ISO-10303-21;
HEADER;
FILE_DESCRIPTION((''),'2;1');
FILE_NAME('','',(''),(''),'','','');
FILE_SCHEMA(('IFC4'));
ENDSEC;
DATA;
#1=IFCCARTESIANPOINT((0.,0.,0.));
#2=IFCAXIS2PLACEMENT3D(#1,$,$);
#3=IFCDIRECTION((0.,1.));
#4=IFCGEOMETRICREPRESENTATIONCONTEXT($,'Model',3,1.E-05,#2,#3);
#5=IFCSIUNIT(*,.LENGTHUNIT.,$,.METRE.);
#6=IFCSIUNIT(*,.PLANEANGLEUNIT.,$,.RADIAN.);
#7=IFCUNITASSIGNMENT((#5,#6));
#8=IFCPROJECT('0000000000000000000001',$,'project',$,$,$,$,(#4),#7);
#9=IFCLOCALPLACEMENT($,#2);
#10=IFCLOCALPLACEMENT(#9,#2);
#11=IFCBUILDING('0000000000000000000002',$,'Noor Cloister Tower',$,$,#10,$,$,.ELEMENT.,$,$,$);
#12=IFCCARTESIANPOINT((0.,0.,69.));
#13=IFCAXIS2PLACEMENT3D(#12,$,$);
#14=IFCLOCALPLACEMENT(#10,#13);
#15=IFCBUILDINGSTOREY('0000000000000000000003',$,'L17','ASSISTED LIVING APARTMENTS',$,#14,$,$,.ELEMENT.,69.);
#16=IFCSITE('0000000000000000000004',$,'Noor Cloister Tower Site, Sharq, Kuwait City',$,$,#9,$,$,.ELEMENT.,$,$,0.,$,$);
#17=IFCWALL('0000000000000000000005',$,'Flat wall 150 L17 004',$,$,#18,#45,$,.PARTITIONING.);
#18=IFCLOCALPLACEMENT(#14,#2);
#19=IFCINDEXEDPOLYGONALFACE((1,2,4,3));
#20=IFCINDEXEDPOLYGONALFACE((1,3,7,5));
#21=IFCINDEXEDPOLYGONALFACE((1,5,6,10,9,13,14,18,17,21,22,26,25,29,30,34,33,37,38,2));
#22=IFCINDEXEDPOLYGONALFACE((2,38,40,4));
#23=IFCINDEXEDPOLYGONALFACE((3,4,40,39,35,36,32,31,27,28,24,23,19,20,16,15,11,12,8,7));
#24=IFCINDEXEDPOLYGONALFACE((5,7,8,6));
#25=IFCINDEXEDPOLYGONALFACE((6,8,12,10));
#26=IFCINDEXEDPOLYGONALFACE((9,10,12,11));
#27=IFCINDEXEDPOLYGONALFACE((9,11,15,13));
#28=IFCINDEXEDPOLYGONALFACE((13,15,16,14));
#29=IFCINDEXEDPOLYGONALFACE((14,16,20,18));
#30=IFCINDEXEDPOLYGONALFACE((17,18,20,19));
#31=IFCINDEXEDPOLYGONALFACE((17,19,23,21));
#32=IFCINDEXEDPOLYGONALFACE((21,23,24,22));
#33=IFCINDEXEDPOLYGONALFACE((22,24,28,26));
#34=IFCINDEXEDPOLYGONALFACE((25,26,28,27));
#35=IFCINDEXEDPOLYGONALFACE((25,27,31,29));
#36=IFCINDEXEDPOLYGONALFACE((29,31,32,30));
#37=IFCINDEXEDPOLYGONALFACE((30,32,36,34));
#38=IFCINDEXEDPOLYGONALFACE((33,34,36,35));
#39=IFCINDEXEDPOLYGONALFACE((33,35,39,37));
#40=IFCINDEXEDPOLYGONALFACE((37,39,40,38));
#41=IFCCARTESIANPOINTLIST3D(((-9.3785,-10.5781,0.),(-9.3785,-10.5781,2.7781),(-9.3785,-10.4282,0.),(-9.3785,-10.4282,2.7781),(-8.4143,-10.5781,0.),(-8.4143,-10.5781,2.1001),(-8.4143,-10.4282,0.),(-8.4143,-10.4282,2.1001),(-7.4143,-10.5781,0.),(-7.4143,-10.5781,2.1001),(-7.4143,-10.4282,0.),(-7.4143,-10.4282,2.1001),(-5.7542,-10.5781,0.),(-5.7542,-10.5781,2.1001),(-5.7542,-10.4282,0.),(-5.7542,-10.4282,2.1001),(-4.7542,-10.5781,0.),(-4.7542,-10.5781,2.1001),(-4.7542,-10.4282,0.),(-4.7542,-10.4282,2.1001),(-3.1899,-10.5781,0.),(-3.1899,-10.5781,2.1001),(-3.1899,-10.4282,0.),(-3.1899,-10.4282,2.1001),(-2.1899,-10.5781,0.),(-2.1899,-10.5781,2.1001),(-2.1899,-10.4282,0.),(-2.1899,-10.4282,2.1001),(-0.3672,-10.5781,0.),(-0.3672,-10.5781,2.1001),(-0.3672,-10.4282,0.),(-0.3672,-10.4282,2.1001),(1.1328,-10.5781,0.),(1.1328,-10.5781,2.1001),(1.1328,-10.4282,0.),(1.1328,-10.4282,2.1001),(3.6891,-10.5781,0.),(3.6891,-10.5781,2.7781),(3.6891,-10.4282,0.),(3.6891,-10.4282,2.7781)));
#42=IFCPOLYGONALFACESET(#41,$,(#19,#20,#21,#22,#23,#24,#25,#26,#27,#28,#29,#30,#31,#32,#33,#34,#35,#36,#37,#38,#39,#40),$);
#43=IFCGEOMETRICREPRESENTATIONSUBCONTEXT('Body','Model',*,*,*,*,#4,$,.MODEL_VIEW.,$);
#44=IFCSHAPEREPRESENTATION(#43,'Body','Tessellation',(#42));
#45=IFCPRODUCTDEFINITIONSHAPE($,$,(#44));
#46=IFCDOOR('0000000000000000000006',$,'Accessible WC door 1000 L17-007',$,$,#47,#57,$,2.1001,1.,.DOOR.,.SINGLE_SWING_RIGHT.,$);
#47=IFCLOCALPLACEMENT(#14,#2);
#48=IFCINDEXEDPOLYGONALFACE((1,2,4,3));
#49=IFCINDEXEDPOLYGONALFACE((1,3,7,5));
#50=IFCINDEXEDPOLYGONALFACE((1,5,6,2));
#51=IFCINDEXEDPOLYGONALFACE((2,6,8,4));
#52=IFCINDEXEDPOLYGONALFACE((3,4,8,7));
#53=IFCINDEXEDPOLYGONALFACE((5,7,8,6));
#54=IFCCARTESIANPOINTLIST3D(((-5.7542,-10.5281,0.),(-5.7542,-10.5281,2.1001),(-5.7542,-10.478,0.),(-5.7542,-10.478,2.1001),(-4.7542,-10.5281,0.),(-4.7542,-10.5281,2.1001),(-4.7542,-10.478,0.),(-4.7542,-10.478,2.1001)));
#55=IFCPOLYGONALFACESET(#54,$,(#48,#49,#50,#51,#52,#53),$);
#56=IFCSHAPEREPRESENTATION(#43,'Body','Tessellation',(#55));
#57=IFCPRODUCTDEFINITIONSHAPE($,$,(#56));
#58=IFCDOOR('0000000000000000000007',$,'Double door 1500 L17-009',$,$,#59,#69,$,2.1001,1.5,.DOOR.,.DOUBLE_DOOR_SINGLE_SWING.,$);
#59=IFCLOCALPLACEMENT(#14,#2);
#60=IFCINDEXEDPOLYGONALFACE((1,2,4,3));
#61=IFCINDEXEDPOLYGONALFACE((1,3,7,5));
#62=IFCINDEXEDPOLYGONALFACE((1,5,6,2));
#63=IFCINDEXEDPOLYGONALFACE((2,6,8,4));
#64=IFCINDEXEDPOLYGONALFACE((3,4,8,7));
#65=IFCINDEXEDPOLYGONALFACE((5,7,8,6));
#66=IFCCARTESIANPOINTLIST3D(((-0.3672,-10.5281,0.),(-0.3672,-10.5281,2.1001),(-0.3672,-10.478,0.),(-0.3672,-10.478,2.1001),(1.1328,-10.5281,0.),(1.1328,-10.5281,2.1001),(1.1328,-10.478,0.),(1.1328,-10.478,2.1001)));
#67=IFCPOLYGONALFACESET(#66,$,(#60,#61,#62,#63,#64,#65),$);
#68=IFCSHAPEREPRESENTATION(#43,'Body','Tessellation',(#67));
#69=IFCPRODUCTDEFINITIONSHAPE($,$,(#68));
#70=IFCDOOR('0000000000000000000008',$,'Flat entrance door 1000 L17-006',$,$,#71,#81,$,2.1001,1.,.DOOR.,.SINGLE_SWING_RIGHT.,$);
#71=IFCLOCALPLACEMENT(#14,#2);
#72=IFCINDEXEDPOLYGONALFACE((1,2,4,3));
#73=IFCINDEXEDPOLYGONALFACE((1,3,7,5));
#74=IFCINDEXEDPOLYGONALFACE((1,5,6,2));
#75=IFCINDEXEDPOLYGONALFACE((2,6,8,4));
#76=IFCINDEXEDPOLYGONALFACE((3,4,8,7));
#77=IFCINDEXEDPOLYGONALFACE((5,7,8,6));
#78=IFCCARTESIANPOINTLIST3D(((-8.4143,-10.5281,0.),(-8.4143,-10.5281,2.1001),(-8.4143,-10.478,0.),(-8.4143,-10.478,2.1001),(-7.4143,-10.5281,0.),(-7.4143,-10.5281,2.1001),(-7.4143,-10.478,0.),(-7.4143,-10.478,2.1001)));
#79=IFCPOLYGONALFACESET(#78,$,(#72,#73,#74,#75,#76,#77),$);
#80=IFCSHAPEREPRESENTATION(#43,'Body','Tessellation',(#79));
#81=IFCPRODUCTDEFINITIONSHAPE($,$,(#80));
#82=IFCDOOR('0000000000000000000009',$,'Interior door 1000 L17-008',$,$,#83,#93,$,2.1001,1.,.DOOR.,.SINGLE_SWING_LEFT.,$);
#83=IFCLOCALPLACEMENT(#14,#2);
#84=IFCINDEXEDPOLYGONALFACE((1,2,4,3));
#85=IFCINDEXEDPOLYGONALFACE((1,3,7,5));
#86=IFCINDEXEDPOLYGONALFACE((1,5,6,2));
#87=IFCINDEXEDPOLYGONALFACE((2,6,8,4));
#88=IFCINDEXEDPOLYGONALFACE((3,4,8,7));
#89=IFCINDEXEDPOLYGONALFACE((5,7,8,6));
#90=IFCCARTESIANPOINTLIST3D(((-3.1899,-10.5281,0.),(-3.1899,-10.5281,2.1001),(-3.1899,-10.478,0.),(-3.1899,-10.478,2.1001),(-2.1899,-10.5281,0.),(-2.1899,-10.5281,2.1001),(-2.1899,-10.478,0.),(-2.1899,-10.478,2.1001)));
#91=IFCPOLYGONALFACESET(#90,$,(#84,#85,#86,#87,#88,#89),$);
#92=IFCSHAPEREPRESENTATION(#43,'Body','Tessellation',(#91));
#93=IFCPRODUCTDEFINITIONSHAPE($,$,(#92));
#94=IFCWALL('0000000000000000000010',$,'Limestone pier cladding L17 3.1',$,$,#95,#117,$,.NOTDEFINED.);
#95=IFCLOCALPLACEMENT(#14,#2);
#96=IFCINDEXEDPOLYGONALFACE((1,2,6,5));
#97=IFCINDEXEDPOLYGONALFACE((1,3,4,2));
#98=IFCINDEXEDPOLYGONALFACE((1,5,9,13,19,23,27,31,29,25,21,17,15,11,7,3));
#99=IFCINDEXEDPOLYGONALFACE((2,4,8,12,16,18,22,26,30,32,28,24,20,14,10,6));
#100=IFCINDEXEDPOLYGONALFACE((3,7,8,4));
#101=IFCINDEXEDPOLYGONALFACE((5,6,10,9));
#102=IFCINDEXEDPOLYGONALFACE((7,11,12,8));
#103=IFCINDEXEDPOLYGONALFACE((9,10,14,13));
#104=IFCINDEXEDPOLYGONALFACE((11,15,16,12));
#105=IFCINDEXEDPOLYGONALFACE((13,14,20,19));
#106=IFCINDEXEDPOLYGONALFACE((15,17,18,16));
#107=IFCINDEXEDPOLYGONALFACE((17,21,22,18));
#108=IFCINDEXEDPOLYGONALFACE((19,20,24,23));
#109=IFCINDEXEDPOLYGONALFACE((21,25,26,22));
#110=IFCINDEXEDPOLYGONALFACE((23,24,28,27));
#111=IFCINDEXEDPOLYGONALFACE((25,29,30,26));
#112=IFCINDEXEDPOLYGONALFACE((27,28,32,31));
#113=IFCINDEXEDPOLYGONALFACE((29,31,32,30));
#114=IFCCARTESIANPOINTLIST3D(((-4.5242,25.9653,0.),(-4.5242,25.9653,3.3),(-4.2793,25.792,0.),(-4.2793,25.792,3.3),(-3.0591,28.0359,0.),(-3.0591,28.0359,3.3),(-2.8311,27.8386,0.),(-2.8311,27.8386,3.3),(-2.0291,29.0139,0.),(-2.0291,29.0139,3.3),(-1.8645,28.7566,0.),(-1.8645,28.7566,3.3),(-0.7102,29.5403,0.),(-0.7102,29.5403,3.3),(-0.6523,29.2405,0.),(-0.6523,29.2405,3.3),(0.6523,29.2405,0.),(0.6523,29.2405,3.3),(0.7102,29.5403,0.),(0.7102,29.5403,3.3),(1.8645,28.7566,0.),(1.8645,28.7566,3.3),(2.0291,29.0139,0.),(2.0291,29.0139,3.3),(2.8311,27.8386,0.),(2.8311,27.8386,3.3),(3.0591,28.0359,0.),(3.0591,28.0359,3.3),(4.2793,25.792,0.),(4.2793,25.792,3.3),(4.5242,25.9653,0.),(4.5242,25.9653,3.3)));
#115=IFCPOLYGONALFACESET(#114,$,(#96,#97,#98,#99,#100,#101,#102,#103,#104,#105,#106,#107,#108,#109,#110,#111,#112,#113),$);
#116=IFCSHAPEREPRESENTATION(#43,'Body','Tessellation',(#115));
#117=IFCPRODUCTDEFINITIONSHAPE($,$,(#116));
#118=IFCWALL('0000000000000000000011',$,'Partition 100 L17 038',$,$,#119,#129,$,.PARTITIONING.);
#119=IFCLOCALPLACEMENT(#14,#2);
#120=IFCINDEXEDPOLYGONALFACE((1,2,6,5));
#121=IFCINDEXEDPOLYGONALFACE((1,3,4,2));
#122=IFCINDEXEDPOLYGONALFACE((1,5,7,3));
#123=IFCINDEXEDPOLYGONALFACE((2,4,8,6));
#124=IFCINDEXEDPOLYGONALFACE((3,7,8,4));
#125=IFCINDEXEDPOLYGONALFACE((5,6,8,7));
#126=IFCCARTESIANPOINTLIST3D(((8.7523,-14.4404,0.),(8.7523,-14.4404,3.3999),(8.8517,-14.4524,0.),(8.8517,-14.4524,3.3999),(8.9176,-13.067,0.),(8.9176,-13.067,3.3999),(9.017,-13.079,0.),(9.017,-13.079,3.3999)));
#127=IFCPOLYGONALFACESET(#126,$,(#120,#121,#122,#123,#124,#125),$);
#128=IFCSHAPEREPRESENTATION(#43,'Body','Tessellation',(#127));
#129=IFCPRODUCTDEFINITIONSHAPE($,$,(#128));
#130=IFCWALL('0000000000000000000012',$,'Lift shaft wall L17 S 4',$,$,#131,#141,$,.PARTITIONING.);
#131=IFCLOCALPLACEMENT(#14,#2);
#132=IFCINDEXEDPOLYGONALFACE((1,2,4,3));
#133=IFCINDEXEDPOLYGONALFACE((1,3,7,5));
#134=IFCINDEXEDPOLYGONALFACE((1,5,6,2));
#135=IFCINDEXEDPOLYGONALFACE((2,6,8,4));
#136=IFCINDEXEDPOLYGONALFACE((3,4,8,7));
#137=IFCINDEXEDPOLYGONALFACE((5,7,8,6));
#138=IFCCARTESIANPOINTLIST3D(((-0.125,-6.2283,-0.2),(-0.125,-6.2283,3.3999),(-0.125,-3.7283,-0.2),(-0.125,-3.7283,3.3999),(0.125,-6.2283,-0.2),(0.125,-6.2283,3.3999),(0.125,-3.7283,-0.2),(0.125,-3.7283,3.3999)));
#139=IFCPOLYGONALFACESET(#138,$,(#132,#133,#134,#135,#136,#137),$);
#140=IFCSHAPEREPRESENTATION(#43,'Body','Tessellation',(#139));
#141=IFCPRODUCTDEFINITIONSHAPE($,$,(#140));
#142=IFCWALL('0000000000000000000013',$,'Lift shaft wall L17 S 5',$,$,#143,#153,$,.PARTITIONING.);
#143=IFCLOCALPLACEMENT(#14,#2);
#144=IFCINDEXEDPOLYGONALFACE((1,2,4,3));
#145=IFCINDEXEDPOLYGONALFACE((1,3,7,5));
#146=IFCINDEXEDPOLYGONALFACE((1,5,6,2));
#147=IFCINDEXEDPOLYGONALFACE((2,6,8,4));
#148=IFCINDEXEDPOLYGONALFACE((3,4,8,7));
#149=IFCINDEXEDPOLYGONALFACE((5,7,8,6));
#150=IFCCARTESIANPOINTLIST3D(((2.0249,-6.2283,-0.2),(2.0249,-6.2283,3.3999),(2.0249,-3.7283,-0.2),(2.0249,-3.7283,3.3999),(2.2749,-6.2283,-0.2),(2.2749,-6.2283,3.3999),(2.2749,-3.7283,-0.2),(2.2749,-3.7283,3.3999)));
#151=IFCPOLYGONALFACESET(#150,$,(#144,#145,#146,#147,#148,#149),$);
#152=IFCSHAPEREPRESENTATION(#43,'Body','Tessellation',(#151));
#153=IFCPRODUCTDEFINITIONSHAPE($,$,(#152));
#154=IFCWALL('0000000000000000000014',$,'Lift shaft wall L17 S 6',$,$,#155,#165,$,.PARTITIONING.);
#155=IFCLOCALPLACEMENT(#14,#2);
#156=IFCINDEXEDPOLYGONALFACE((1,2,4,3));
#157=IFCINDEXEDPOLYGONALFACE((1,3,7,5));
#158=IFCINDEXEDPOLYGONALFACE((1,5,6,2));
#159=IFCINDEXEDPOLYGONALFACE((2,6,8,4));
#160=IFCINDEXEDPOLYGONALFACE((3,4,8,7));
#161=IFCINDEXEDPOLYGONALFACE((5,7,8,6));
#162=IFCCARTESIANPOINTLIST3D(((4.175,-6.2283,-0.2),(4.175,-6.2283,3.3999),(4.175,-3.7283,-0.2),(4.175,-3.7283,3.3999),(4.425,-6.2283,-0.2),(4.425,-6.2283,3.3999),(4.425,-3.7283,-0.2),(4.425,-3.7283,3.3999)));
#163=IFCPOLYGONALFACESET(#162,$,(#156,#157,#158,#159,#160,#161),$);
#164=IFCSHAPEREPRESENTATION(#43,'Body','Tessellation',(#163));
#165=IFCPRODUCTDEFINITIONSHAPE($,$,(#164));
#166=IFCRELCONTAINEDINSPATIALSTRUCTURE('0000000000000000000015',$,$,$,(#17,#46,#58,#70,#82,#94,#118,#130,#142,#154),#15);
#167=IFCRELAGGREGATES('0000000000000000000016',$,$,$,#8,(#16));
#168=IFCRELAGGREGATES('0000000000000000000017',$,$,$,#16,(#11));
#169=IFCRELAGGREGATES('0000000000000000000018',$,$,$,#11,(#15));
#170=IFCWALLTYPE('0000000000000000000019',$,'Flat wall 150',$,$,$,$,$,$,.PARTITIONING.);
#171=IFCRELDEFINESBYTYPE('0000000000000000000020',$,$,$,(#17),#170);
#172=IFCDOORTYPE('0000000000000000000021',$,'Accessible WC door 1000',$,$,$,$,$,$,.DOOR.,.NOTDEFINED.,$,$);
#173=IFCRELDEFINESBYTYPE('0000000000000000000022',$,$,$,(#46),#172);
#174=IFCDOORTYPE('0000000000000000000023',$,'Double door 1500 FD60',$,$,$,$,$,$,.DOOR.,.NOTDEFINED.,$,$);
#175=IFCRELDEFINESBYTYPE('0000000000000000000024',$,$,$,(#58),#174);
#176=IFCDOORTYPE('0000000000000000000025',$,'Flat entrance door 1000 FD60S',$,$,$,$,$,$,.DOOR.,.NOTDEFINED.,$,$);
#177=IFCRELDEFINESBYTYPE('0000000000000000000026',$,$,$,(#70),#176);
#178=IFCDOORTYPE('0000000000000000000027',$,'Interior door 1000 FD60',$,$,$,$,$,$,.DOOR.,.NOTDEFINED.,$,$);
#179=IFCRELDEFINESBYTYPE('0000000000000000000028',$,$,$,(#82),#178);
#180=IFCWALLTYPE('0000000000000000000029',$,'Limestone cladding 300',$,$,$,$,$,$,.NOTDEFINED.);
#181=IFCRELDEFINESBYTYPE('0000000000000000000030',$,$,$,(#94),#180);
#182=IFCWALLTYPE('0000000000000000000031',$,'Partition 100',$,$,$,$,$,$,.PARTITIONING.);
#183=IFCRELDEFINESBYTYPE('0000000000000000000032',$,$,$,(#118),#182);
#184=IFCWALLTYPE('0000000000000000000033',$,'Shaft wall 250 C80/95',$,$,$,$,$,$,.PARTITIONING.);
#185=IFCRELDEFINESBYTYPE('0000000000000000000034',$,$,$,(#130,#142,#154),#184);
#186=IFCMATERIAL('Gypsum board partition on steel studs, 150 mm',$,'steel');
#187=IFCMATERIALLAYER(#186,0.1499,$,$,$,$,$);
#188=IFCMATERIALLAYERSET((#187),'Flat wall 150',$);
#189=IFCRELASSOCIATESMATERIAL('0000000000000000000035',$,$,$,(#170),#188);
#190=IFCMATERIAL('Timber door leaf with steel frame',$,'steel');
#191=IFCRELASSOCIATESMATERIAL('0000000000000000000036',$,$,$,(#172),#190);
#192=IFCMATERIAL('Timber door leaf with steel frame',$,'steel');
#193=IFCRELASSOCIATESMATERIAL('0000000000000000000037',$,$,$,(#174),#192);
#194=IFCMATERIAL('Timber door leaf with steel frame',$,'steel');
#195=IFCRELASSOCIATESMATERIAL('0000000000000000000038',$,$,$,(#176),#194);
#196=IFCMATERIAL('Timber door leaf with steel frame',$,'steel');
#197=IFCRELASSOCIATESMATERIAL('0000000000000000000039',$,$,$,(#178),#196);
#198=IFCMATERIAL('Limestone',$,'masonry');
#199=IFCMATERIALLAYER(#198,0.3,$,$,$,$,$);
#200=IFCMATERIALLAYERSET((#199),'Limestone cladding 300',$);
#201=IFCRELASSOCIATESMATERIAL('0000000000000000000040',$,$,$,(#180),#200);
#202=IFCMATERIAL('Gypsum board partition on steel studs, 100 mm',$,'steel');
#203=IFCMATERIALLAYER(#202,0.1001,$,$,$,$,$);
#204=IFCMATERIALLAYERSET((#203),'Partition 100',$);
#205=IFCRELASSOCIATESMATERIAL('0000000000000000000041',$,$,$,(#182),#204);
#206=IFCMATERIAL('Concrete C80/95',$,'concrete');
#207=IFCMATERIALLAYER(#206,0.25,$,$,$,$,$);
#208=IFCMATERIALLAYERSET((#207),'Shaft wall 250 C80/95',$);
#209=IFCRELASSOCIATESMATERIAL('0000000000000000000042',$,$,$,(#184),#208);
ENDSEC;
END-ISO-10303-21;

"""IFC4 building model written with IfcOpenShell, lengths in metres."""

from ifc_helpers import new_model, si_unit, direction, frame, frame_2d, origin, place, context, subcontext, project, spatial, polyline, rectangle, outline, extrude, material, layer, layer_set, type_object, element, fill, save


model = new_model("IFC4")

# Units and contexts
model_context = context("Model", 3, precision=1e-05, world=origin(), true_north=direction((0.0, 1.0)))
body_context = subcontext(model_context, "Body", "Model", "MODEL_VIEW")
ifc_project = project(units=[si_unit("LENGTHUNIT", "METRE"), si_unit("PLANEANGLEUNIT", "RADIAN")], contexts=[model_context])

# Site, building, storey
site_placement = place(None, origin())
site = spatial("IfcSite", under=ifc_project, at=site_placement, Name="Noor Cloister Tower Site, Sharq, Kuwait City", CompositionType="ELEMENT", RefElevation=0.0)
building_placement = place(site_placement, origin())
building = spatial("IfcBuilding", under=site, at=building_placement, Name="Noor Cloister Tower", CompositionType="ELEMENT")
storey_placement = place(building_placement, frame((0.0, 0.0, 69.0)))
storey = spatial("IfcBuildingStorey", under=building, at=storey_placement, Name="L17", Description="ASSISTED LIVING APARTMENTS", CompositionType="ELEMENT", Elevation=69.0)

# Wall, openings, doors
ifc_material_1 = material(Name="Gypsum board partition on steel studs, 150 mm", Category="steel")
ifc_layer_1 = layer(ifc_material_1, 0.1499)
ifc_layer_set_1 = layer_set([ifc_layer_1], Name="Flat wall 150")
wall_type_1 = type_object("IfcWallType", Name="Flat wall 150", PredefinedType="PARTITIONING", material=ifc_layer_set_1)
wall_1_placement = place(storey_placement, frame((3.689, -10.5032, 0.0), z_axis=(0.0, 0.0, 1.0), x_axis=(-1.0, 0.0, 0.0)))
wall_1 = element("IfcWall", 1, at=wall_1_placement, inside=storey, type_object=wall_type_1, Name="Flat wall 150 L17 004", PredefinedType="PARTITIONING", context=body_context, shape_type="SweptSolid", body=[
    extrude(rectangle(XDim=13.0676, YDim=0.1499, at=frame_2d((6.5337, 0.0))), origin(), (0.0, 0.0, 1.0), 2.7781),
])
opening_1_placement = place(wall_1_placement, frame((11.1033, 0.0, 0.0)))
opening_1 = element("IfcOpeningElement", 2, at=opening_1_placement, cuts=wall_1, PredefinedType="OPENING", context=body_context, shape_type="SweptSolid", body=[
    extrude(rectangle(XDim=1.0, YDim=2.1001, at=frame_2d((0.5, 1.05))), frame((0.0, 0.085, 0.0), z_axis=(0.0, -1.0, 0.0), x_axis=(1.0, 0.0, 0.0)), (0.0, 0.0, 1.0), 0.1699),
])
opening_2_placement = place(wall_1_placement, frame((8.4431, 0.0, 0.0)))
opening_2 = element("IfcOpeningElement", 3, at=opening_2_placement, cuts=wall_1, PredefinedType="OPENING", context=body_context, shape_type="SweptSolid", body=[
    extrude(rectangle(XDim=1.0, YDim=2.1001, at=frame_2d((0.5, 1.05))), frame((0.0, 0.085, 0.0), z_axis=(0.0, -1.0, 0.0), x_axis=(1.0, 0.0, 0.0)), (0.0, 0.0, 1.0), 0.1699),
])
opening_3_placement = place(wall_1_placement, frame((5.8789, 0.0, 0.0)))
opening_3 = element("IfcOpeningElement", 4, at=opening_3_placement, cuts=wall_1, PredefinedType="OPENING", context=body_context, shape_type="SweptSolid", body=[
    extrude(rectangle(XDim=1.0, YDim=2.1001, at=frame_2d((0.5, 1.05))), frame((0.0, 0.085, 0.0), z_axis=(0.0, -1.0, 0.0), x_axis=(1.0, 0.0, 0.0)), (0.0, 0.0, 1.0), 0.1699),
])
opening_4_placement = place(wall_1_placement, frame((2.5562, 0.0, 0.0)))
opening_4 = element("IfcOpeningElement", 5, at=opening_4_placement, cuts=wall_1, PredefinedType="OPENING", context=body_context, shape_type="SweptSolid", body=[
    extrude(rectangle(XDim=1.5, YDim=2.1001, at=frame_2d((0.75, 1.05))), frame((0.0, 0.085, 0.0), z_axis=(0.0, -1.0, 0.0), x_axis=(1.0, 0.0, 0.0)), (0.0, 0.0, 1.0), 0.1699),
])
ifc_material_2 = material(Name="Timber door leaf with steel frame", Category="steel")
door_type_1 = type_object("IfcDoorType", Name="Accessible WC door 1000", OperationType="NOTDEFINED", PredefinedType="DOOR", material=ifc_material_2)
door_1_placement = place(opening_2_placement, origin())
door_1 = element("IfcDoor", 6, at=door_1_placement, inside=storey, type_object=door_type_1, Name="Accessible WC door 1000 L17-007", OperationType="SINGLE_SWING_RIGHT", OverallHeight=2.1001, OverallWidth=1.0, PredefinedType="DOOR", context=body_context, shape_type="SweptSolid", body=[
    extrude(rectangle(XDim=1.0, YDim=2.1001, at=frame_2d((0.5, 1.05))), frame((0.0, 0.0249, 0.0), z_axis=(0.0, -1.0, 0.0), x_axis=(1.0, 0.0, 0.0)), (0.0, 0.0, 1.0), 0.05),
])
fill(opening_2, door_1)
ifc_material_3 = material(Name="Timber door leaf with steel frame", Category="steel")
door_type_2 = type_object("IfcDoorType", Name="Double door 1500 FD60", OperationType="NOTDEFINED", PredefinedType="DOOR", material=ifc_material_3)
door_2_placement = place(opening_4_placement, origin())
door_2 = element("IfcDoor", 7, at=door_2_placement, inside=storey, type_object=door_type_2, Name="Double door 1500 L17-009", OperationType="DOUBLE_DOOR_SINGLE_SWING", OverallHeight=2.1001, OverallWidth=1.5, PredefinedType="DOOR", context=body_context, shape_type="SweptSolid", body=[
    extrude(rectangle(XDim=1.5, YDim=2.1001, at=frame_2d((0.75, 1.05))), frame((0.0, 0.0249, 0.0), z_axis=(0.0, -1.0, 0.0), x_axis=(1.0, 0.0, 0.0)), (0.0, 0.0, 1.0), 0.05),
])
fill(opening_4, door_2)
ifc_material_4 = material(Name="Timber door leaf with steel frame", Category="steel")
door_type_3 = type_object("IfcDoorType", Name="Flat entrance door 1000 FD60S", OperationType="NOTDEFINED", PredefinedType="DOOR", material=ifc_material_4)
door_3_placement = place(opening_1_placement, origin())
door_3 = element("IfcDoor", 8, at=door_3_placement, inside=storey, type_object=door_type_3, Name="Flat entrance door 1000 L17-006", OperationType="SINGLE_SWING_RIGHT", OverallHeight=2.1001, OverallWidth=1.0, PredefinedType="DOOR", context=body_context, shape_type="SweptSolid", body=[
    extrude(rectangle(XDim=1.0, YDim=2.1001, at=frame_2d((0.5, 1.05))), frame((0.0, 0.0249, 0.0), z_axis=(0.0, -1.0, 0.0), x_axis=(1.0, 0.0, 0.0)), (0.0, 0.0, 1.0), 0.05),
])
fill(opening_1, door_3)
ifc_material_5 = material(Name="Timber door leaf with steel frame", Category="steel")
door_type_4 = type_object("IfcDoorType", Name="Interior door 1000 FD60", OperationType="NOTDEFINED", PredefinedType="DOOR", material=ifc_material_5)
door_4_placement = place(opening_3_placement, origin())
door_4 = element("IfcDoor", 9, at=door_4_placement, inside=storey, type_object=door_type_4, Name="Interior door 1000 L17-008", OperationType="SINGLE_SWING_LEFT", OverallHeight=2.1001, OverallWidth=1.0, PredefinedType="DOOR", context=body_context, shape_type="SweptSolid", body=[
    extrude(rectangle(XDim=1.0, YDim=2.1001, at=frame_2d((0.5, 1.05))), frame((0.0, 0.0249, 0.0), z_axis=(0.0, -1.0, 0.0), x_axis=(1.0, 0.0, 0.0)), (0.0, 0.0, 1.0), 0.05),
])
fill(opening_3, door_4)

# Walls
ifc_material_6 = material(Name="Limestone", Category="masonry")
ifc_layer_2 = layer(ifc_material_6, 0.3)
ifc_layer_set_2 = layer_set([ifc_layer_2], Name="Limestone cladding 300")
wall_type_2 = type_object("IfcWallType", Name="Limestone cladding 300", PredefinedType="NOTDEFINED", material=ifc_layer_set_2)
wall_2_placement = place(storey_placement, origin())
element("IfcWall", 10, at=wall_2_placement, inside=storey, type_object=wall_type_2, Name="Limestone pier cladding L17 3.1", PredefinedType="NOTDEFINED", context=body_context, shape_type="SweptSolid", body=[
    extrude(outline(polyline([(4.5242, 25.9653), (3.0591, 28.0359), (2.0291, 29.0139), (0.7102, 29.5403), (-0.7102, 29.5403), (-2.0291, 29.0139), (-3.0591, 28.0359), (-4.5242, 25.9653), (-4.2793, 25.792), (-2.8311, 27.8386), (-1.8645, 28.7566), (-0.6523, 29.2405), (0.6523, 29.2405), (1.8645, 28.7566), (2.8311, 27.8386), (4.2793, 25.792), (4.5242, 25.9653)])), origin(), (0.0, 0.0, 1.0), 3.3),
])
ifc_material_7 = material(Name="Gypsum board partition on steel studs, 100 mm", Category="steel")
ifc_layer_3 = layer(ifc_material_7, 0.1001)
ifc_layer_set_3 = layer_set([ifc_layer_3], Name="Partition 100")
wall_type_3 = type_object("IfcWallType", Name="Partition 100", PredefinedType="PARTITIONING", material=ifc_layer_set_3)
wall_3_placement = place(storey_placement, frame((8.9673, -13.073, 0.0), z_axis=(0.0, 0.0, 1.0), x_axis=(-0.119493, -0.992835, 0.0)))
element("IfcWall", 11, at=wall_3_placement, inside=storey, type_object=wall_type_3, Name="Partition 100 L17 038", PredefinedType="PARTITIONING", context=body_context, shape_type="SweptSolid", body=[
    extrude(rectangle(XDim=1.3833, YDim=0.1001, at=frame_2d((0.6917, 0.0))), origin(), (0.0, 0.0, 1.0), 3.3999),
])
ifc_material_8 = material(Name="Concrete C80/95", Category="concrete")
ifc_layer_4 = layer(ifc_material_8, 0.25)
ifc_layer_set_4 = layer_set([ifc_layer_4], Name="Shaft wall 250 C80/95")
wall_type_4 = type_object("IfcWallType", Name="Shaft wall 250 C80/95", PredefinedType="PARTITIONING", material=ifc_layer_set_4)
for number, where, z_axis, x_axis, name in (
    (12, (0.0, -6.2283, -0.2), (0.0, 0.0, 1.0), (0.0, 1.0, 0.0), "Lift shaft wall L17 S 4"),
    (13, (2.1499, -6.2283, -0.2), (0.0, 0.0, 1.0), (0.0, 1.0, 0.0), "Lift shaft wall L17 S 5"),
    (14, (4.3, -6.2283, -0.2), (0.0, 0.0, 1.0), (0.0, 1.0, 0.0), "Lift shaft wall L17 S 6"),
):
    element("IfcWall", number, at=place(storey_placement, frame(where, z_axis=z_axis, x_axis=x_axis)), inside=storey, type_object=wall_type_4, Name=name, PredefinedType="PARTITIONING", context=body_context, shape_type="SweptSolid", body=[
        extrude(rectangle(XDim=2.5, YDim=0.25, at=frame_2d((1.25, 0.0))), origin(), (0.0, 0.0, 1.0), 3.5999),
    ])

save(model, "model.ifc")
